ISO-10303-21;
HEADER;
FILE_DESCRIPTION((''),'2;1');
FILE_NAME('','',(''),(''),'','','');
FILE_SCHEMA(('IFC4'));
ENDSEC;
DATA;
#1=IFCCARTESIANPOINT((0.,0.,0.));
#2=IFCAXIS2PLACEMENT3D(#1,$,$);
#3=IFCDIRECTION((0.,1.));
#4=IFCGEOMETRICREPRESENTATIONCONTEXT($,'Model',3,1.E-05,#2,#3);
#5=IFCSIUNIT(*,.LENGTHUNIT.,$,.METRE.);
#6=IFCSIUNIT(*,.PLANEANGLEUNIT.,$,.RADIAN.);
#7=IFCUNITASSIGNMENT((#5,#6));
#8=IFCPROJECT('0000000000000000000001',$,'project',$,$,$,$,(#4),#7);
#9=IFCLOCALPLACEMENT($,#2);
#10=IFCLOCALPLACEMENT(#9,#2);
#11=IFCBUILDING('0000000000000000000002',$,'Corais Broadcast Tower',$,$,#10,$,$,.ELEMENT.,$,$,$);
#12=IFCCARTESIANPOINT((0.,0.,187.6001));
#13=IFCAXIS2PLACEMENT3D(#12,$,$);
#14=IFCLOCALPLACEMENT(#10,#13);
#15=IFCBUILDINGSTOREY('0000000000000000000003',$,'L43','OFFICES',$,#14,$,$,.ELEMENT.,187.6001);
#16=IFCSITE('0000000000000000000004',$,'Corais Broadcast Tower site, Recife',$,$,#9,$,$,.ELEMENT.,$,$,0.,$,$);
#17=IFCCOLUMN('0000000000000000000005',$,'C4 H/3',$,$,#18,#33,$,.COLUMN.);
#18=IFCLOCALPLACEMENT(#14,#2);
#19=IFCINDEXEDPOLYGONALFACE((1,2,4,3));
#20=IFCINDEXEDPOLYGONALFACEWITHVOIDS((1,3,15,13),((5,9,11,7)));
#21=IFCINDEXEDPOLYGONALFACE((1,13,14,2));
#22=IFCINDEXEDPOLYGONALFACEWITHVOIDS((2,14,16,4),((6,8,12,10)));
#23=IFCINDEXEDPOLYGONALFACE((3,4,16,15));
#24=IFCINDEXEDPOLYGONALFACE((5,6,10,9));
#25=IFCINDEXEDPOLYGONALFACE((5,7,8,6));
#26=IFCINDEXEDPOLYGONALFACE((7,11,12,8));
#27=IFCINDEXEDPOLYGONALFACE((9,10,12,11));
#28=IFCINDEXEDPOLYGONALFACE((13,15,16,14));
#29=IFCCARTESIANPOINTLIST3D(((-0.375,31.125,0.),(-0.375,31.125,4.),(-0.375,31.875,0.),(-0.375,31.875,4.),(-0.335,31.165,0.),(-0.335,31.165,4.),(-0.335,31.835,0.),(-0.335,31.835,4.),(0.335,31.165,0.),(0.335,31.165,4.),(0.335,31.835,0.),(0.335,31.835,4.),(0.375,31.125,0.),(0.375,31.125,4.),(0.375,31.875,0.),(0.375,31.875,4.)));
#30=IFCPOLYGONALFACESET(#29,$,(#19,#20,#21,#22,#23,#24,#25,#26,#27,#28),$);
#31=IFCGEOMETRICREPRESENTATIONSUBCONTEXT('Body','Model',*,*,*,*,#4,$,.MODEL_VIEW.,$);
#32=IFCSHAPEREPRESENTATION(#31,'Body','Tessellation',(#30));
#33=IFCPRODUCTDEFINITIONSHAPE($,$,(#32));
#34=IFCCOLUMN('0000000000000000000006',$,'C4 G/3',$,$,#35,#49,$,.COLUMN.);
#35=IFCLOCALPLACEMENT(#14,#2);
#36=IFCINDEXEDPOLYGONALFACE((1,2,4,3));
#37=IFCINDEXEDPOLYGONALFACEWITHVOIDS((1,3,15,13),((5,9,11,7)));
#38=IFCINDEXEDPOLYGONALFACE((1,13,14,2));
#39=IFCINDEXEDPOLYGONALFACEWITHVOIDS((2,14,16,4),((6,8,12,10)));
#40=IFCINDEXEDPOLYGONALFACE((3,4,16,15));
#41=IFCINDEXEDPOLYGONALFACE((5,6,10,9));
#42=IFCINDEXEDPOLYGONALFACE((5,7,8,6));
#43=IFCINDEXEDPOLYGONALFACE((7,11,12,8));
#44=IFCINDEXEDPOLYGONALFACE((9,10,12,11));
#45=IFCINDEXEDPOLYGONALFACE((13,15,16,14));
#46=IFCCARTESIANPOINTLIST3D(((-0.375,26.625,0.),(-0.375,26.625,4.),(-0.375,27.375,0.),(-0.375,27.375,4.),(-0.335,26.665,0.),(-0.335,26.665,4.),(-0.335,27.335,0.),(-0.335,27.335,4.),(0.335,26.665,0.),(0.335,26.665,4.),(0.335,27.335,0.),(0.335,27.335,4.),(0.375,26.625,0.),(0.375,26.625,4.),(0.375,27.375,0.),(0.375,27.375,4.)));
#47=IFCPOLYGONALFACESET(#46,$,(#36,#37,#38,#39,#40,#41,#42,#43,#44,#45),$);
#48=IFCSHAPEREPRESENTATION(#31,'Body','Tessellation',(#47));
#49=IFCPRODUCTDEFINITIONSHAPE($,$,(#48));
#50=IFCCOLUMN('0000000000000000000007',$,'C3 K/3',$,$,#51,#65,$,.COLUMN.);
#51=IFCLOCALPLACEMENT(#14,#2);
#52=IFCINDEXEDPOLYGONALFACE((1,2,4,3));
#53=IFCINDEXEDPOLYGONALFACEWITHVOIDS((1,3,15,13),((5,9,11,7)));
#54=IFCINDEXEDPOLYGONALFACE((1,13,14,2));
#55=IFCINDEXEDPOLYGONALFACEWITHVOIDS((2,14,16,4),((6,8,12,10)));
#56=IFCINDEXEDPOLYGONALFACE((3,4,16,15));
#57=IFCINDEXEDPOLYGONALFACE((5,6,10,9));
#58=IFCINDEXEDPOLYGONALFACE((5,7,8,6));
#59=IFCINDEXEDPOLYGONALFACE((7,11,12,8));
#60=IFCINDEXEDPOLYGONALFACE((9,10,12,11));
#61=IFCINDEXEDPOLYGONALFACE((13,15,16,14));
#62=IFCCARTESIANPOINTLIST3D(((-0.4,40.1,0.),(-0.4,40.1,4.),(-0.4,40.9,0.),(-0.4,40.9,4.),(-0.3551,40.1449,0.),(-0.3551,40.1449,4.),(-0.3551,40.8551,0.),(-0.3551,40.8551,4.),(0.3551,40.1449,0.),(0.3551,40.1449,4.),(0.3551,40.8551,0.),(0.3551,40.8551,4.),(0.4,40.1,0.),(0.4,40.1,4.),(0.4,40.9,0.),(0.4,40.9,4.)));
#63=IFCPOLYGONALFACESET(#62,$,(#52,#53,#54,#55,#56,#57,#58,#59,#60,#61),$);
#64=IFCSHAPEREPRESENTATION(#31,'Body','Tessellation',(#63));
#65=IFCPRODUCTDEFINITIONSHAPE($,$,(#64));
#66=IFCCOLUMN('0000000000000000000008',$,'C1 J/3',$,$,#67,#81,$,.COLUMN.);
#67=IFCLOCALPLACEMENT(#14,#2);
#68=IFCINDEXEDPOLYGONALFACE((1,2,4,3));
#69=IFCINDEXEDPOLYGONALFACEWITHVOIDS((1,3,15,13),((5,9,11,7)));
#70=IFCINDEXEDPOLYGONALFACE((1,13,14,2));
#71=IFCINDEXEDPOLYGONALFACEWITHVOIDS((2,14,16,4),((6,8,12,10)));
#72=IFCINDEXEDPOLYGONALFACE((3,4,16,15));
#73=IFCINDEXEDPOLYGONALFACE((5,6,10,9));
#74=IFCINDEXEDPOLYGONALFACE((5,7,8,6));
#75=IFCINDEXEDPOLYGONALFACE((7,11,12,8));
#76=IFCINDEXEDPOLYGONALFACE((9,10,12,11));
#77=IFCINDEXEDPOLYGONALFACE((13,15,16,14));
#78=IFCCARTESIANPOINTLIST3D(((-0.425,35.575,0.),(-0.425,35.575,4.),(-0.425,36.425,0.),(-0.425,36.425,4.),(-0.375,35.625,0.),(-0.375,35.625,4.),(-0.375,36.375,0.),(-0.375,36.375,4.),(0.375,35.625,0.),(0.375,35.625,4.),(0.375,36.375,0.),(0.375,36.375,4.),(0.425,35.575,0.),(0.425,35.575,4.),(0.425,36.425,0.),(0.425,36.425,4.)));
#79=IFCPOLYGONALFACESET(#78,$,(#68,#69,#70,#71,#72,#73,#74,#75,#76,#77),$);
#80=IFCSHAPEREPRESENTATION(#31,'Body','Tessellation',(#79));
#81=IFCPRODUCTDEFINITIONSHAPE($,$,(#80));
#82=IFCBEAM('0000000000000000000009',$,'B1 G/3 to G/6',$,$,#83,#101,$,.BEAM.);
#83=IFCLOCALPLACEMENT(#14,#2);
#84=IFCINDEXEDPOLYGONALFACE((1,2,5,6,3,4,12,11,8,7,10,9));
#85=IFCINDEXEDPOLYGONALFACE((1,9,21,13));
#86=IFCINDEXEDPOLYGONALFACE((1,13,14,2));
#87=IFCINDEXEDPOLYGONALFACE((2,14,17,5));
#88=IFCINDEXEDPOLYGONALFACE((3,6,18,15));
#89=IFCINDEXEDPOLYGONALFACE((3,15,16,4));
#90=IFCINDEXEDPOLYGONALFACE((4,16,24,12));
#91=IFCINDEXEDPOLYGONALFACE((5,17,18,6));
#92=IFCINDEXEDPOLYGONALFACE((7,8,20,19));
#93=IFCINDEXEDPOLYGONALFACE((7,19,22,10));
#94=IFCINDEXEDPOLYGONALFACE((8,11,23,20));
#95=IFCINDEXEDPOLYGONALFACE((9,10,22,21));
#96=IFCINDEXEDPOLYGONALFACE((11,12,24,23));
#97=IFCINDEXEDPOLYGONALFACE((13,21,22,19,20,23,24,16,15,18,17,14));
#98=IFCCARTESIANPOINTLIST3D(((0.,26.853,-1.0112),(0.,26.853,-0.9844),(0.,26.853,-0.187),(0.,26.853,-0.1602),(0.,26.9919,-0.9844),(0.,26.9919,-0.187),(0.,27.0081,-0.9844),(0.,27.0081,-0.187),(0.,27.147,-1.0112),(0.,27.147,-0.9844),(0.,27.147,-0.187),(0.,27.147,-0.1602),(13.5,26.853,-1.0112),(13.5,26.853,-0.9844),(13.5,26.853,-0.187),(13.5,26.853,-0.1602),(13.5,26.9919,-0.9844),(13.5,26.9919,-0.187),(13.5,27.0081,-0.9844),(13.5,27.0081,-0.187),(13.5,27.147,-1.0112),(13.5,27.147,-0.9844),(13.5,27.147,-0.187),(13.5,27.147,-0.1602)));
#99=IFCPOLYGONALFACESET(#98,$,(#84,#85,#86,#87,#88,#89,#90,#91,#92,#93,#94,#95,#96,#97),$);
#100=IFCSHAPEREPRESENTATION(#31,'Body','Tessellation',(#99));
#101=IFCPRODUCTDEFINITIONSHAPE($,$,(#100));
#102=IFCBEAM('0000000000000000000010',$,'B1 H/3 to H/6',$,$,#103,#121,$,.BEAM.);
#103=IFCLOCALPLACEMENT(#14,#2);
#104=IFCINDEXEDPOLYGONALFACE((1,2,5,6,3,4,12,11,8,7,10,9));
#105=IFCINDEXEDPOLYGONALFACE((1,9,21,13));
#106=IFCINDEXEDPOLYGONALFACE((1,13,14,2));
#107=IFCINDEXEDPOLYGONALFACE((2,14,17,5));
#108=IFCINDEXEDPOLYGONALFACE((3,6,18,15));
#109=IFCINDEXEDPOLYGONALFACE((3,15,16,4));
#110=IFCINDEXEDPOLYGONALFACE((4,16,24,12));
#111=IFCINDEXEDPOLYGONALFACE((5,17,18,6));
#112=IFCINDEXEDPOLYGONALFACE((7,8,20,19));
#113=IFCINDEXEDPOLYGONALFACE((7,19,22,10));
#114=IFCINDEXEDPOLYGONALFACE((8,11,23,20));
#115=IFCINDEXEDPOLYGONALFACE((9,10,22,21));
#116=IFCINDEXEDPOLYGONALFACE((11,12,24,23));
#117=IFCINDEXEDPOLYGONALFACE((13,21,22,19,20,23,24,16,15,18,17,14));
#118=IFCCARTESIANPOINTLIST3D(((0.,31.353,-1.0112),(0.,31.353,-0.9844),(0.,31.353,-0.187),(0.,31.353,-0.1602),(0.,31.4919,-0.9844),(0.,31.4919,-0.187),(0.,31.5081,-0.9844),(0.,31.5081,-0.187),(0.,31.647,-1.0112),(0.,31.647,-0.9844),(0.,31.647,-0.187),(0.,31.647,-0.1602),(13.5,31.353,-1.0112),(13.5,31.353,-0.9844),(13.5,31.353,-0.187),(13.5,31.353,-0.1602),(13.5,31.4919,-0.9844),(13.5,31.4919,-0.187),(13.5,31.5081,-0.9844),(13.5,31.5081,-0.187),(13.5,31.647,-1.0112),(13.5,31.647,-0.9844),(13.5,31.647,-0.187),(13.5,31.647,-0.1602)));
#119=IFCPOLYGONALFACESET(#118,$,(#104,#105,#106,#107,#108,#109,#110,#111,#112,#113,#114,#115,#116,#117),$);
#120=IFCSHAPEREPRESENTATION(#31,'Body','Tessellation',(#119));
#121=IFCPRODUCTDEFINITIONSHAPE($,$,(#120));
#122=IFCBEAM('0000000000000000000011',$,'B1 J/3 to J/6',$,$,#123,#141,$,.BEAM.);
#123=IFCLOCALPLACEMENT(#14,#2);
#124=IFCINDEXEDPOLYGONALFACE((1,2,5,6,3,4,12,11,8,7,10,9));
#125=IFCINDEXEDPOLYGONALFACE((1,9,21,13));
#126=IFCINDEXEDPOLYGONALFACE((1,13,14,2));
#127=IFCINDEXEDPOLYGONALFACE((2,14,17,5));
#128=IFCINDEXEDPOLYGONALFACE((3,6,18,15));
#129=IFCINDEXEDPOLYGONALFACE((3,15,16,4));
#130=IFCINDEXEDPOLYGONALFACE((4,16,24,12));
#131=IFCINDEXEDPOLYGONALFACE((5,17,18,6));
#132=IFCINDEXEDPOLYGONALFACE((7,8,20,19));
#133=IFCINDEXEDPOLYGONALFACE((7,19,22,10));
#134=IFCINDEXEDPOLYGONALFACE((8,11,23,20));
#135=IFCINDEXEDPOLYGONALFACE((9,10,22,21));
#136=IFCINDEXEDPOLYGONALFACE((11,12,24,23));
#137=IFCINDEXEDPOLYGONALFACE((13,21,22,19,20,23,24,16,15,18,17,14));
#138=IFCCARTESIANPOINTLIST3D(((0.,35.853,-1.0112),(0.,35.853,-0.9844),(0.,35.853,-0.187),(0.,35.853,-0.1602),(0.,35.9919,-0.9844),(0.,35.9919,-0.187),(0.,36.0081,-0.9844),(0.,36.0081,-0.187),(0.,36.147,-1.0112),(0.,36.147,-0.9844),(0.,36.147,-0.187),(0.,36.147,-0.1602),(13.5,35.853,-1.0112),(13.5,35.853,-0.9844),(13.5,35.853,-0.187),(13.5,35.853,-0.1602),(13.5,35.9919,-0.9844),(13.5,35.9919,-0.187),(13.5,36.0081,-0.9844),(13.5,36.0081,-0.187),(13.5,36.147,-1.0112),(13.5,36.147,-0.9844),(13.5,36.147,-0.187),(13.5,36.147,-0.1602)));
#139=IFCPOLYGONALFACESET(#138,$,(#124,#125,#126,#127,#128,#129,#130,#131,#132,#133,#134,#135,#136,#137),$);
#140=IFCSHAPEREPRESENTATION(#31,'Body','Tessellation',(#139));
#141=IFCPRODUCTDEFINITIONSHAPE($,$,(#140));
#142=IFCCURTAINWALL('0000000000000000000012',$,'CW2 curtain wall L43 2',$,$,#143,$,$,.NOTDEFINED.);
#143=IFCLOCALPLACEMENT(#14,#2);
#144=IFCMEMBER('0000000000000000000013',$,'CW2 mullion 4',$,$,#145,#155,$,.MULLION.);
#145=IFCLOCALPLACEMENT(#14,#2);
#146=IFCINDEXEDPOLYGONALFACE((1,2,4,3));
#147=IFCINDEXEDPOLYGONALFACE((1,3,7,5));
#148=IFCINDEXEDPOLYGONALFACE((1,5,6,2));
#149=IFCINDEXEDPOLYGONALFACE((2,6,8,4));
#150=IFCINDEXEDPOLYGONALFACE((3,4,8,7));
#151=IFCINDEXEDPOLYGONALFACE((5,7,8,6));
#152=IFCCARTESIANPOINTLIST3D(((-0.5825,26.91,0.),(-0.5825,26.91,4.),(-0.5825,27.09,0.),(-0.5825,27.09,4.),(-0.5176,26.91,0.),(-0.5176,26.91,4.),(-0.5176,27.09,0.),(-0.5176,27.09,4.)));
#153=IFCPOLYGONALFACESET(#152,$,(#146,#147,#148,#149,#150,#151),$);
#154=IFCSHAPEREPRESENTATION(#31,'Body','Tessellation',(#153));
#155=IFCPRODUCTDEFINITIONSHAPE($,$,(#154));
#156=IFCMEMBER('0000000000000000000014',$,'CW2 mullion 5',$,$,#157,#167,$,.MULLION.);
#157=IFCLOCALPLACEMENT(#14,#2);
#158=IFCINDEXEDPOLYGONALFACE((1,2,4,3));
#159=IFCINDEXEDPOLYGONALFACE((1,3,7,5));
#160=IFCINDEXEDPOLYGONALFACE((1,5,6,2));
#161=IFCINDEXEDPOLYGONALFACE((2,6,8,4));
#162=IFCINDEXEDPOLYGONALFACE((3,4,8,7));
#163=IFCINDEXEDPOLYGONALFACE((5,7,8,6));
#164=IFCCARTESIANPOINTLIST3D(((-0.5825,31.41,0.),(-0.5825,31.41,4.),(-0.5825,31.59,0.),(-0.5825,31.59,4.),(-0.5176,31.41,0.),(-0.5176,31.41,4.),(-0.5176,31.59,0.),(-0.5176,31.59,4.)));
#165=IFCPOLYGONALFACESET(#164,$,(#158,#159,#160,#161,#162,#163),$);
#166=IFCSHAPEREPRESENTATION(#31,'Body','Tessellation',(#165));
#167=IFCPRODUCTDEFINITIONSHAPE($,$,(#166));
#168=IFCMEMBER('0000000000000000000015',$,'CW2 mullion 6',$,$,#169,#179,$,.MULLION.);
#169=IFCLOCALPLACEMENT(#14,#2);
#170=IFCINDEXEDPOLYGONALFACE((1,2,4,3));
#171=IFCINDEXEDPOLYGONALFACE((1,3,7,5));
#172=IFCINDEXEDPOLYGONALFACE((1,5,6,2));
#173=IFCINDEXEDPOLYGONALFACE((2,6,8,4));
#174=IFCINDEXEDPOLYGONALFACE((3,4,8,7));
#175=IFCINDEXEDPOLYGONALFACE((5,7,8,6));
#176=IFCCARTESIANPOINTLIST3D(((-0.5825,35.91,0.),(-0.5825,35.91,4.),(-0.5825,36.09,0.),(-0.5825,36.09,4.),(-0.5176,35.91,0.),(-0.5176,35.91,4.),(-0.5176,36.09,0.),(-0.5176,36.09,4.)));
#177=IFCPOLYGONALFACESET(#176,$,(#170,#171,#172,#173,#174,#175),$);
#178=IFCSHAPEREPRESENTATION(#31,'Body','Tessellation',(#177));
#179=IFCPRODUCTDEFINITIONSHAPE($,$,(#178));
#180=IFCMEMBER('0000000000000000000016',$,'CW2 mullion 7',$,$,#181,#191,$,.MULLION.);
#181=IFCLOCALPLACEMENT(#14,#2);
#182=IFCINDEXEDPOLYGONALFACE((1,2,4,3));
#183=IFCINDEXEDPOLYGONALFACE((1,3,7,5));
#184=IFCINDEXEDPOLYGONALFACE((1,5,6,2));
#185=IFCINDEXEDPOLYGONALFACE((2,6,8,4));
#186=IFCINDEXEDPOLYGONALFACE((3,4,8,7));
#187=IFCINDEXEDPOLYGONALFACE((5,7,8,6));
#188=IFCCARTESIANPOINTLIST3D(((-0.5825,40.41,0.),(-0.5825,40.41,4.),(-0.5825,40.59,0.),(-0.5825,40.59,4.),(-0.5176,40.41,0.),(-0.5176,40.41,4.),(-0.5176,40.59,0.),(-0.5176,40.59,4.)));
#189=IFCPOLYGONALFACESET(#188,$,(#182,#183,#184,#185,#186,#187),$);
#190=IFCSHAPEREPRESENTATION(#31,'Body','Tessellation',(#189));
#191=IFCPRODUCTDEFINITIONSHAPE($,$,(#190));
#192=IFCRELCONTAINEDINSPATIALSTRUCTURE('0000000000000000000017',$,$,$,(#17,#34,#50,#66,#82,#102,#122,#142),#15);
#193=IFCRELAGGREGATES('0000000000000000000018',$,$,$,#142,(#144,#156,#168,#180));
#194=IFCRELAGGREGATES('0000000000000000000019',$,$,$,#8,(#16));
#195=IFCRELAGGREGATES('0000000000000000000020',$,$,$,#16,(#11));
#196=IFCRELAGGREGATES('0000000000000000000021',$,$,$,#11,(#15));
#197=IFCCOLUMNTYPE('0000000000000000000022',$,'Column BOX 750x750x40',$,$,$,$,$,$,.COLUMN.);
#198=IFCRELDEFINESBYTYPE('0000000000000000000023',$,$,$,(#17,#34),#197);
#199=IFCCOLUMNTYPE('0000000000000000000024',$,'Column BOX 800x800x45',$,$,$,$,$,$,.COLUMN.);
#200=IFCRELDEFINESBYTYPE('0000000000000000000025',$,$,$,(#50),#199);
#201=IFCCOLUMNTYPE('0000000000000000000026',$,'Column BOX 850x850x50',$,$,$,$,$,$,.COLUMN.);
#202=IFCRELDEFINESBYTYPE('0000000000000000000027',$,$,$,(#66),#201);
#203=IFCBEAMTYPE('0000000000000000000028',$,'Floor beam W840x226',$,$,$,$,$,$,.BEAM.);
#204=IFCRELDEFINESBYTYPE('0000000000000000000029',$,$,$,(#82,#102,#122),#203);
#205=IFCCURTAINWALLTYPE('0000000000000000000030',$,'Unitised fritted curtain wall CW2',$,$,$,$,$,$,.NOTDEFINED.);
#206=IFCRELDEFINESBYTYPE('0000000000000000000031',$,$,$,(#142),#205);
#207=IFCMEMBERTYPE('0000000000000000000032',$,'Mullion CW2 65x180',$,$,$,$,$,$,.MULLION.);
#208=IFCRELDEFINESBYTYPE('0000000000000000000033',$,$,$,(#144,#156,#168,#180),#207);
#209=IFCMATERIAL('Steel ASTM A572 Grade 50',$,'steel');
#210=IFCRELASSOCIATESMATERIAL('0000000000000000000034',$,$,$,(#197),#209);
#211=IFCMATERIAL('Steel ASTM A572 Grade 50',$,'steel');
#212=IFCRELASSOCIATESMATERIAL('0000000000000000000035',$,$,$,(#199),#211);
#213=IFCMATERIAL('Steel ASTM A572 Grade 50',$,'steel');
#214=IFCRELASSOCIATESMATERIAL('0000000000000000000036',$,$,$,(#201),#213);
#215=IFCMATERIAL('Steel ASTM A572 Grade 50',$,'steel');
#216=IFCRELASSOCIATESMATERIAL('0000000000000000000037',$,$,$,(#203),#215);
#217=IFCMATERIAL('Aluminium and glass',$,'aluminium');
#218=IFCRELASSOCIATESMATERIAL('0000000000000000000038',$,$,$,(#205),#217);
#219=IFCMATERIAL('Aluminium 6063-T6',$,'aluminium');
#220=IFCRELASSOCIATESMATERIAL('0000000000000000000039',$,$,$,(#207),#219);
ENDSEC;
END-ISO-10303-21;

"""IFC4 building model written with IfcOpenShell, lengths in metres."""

from ifc_helpers import new_model, si_unit, direction, frame, origin, origin_2d, place, context, subcontext, project, spatial, rectangle, hollow_rectangle, i_section, extrude, material, material_profile, profile_set, type_object, element, aggregate, save


model = new_model("IFC4")

# Units and contexts
model_context = context("Model", 3, precision=1e-05, world=origin(), true_north=direction((0.0, 1.0)))
body_context = subcontext(model_context, "Body", "Model", "MODEL_VIEW")
ifc_project = project(units=[si_unit("LENGTHUNIT", "METRE"), si_unit("PLANEANGLEUNIT", "RADIAN")], contexts=[model_context])

# Site, building, storey
site_placement = place(None, origin())
site = spatial("IfcSite", under=ifc_project, at=site_placement, Name="Corais Broadcast Tower site, Recife", CompositionType="ELEMENT", RefElevation=0.0)
building_placement = place(site_placement, origin())
building = spatial("IfcBuilding", under=site, at=building_placement, Name="Corais Broadcast Tower", CompositionType="ELEMENT")
storey_placement = place(building_placement, frame((0.0, 0.0, 187.6001)))
storey = spatial("IfcBuildingStorey", under=building, at=storey_placement, Name="L43", Description="OFFICES", CompositionType="ELEMENT", Elevation=187.6001)

# Columns
ifc_material_1 = material(Name="Steel ASTM A572 Grade 50", Category="steel")
ifc_material_profile_1 = material_profile(ifc_material_1, hollow_rectangle(XDim=0.75, YDim=0.75, WallThickness=0.04, at=origin_2d()), Name="BOX 750x750x40")
ifc_profile_set_1 = profile_set([ifc_material_profile_1], Name="Steel ASTM A572 Grade 50")
column_type_1 = type_object("IfcColumnType", Name="Column BOX 750x750x40", PredefinedType="COLUMN", material=ifc_profile_set_1)
for number, where, z_axis, x_axis, name in (
    (1, (0.0, 31.5, 0.0), (0.0, 0.0, 1.0), (1.0, 0.0, 0.0), "C4 H/3"),
    (2, (0.0, 27.0, 0.0), (0.0, 0.0, 1.0), (1.0, 0.0, 0.0), "C4 G/3"),
):
    element("IfcColumn", number, at=place(storey_placement, frame(where, z_axis=z_axis, x_axis=x_axis)), inside=storey, type_object=column_type_1, Name=name, PredefinedType="COLUMN", context=body_context, shape_type="SweptSolid", body=[
        extrude(hollow_rectangle(XDim=0.75, YDim=0.75, WallThickness=0.04, at=origin_2d()), origin(), (0.0, 0.0, 1.0), 4.0),
    ])
ifc_material_2 = material(Name="Steel ASTM A572 Grade 50", Category="steel")
ifc_material_profile_2 = material_profile(ifc_material_2, hollow_rectangle(XDim=0.8, YDim=0.8, WallThickness=0.0449, at=origin_2d()), Name="BOX 800x800x45")
ifc_profile_set_2 = profile_set([ifc_material_profile_2], Name="Steel ASTM A572 Grade 50")
column_type_2 = type_object("IfcColumnType", Name="Column BOX 800x800x45", PredefinedType="COLUMN", material=ifc_profile_set_2)
column_1_placement = place(storey_placement, frame((0.0, 40.5, 0.0), z_axis=(0.0, 0.0, 1.0), x_axis=(1.0, 0.0, 0.0)))
element("IfcColumn", 3, at=column_1_placement, inside=storey, type_object=column_type_2, Name="C3 K/3", PredefinedType="COLUMN", context=body_context, shape_type="SweptSolid", body=[
    extrude(hollow_rectangle(XDim=0.8, YDim=0.8, WallThickness=0.0449, at=origin_2d()), origin(), (0.0, 0.0, 1.0), 4.0),
])
ifc_material_3 = material(Name="Steel ASTM A572 Grade 50", Category="steel")
ifc_material_profile_3 = material_profile(ifc_material_3, hollow_rectangle(XDim=0.8501, YDim=0.8501, WallThickness=0.05, at=origin_2d()), Name="BOX 850x850x50")
ifc_profile_set_3 = profile_set([ifc_material_profile_3], Name="Steel ASTM A572 Grade 50")
column_type_3 = type_object("IfcColumnType", Name="Column BOX 850x850x50", PredefinedType="COLUMN", material=ifc_profile_set_3)
column_2_placement = place(storey_placement, frame((0.0, 36.0, 0.0), z_axis=(0.0, 0.0, 1.0), x_axis=(1.0, 0.0, 0.0)))
element("IfcColumn", 4, at=column_2_placement, inside=storey, type_object=column_type_3, Name="C1 J/3", PredefinedType="COLUMN", context=body_context, shape_type="SweptSolid", body=[
    extrude(hollow_rectangle(XDim=0.8501, YDim=0.8501, WallThickness=0.05, at=origin_2d()), origin(), (0.0, 0.0, 1.0), 4.0),
])

# Beams
ifc_material_4 = material(Name="Steel ASTM A572 Grade 50", Category="steel")
ifc_material_profile_4 = material_profile(ifc_material_4, i_section(OverallWidth=0.2939, OverallDepth=0.8511, WebThickness=0.0161, FlangeThickness=0.0269, at=origin_2d()), Name="W840x226")
ifc_profile_set_4 = profile_set([ifc_material_profile_4], Name="Steel ASTM A572 Grade 50")
beam_type_1 = type_object("IfcBeamType", Name="Floor beam W840x226", PredefinedType="BEAM", material=ifc_profile_set_4)
for number, where, z_axis, x_axis, name in (
    (5, (0.0, 27.0, -0.5857), (1.0, 0.0, 0.0), (0.0, 1.0, 0.0), "B1 G/3 to G/6"),
    (6, (0.0, 31.5, -0.5857), (1.0, 0.0, 0.0), (0.0, 1.0, 0.0), "B1 H/3 to H/6"),
    (7, (0.0, 36.0, -0.5857), (1.0, 0.0, 0.0), (0.0, 1.0, 0.0), "B1 J/3 to J/6"),
):
    element("IfcBeam", number, at=place(storey_placement, frame(where, z_axis=z_axis, x_axis=x_axis)), inside=storey, type_object=beam_type_1, Name=name, PredefinedType="BEAM", context=body_context, shape_type="SweptSolid", body=[
        extrude(i_section(OverallWidth=0.2939, OverallDepth=0.8511, WebThickness=0.0161, FlangeThickness=0.0269, at=origin_2d()), origin(), (0.0, 0.0, 1.0), 13.5),
    ])

# Curtain wall, members
ifc_material_5 = material(Name="Aluminium and glass", Category="aluminium")
curtain_wall_type = type_object("IfcCurtainWallType", Name="Unitised fritted curtain wall CW2", PredefinedType="NOTDEFINED", material=ifc_material_5)
curtain_wall_placement = place(storey_placement, origin())
curtain_wall = element("IfcCurtainWall", 8, at=curtain_wall_placement, inside=storey, type_object=curtain_wall_type, Name="CW2 curtain wall L43 2", PredefinedType="NOTDEFINED")
ifc_material_6 = material(Name="Aluminium 6063-T6", Category="aluminium")
ifc_material_profile_5 = material_profile(ifc_material_6, rectangle(XDim=0.0649, YDim=0.1799, at=origin_2d()), Name="Mullion CW2 65x180")
ifc_profile_set_5 = profile_set([ifc_material_profile_5], Name="Aluminium 6063-T6")
member_type_1 = type_object("IfcMemberType", Name="Mullion CW2 65x180", PredefinedType="MULLION", material=ifc_profile_set_5)
member_1_placement = place(storey_placement, frame((-0.55, 27.0, 0.0), z_axis=(0.0, 0.0, 1.0), x_axis=(-1.0, 0.0, 0.0)))
member_1 = element("IfcMember", 9, at=member_1_placement, type_object=member_type_1, Name="CW2 mullion 4", PredefinedType="MULLION", context=body_context, shape_type="SweptSolid", body=[
    extrude(rectangle(XDim=0.0649, YDim=0.1799, at=origin_2d()), origin(), (0.0, 0.0, 1.0), 4.0),
])
member_2_placement = place(storey_placement, frame((-0.55, 31.5, 0.0), z_axis=(0.0, 0.0, 1.0), x_axis=(-1.0, 0.0, 0.0)))
member_2 = element("IfcMember", 10, at=member_2_placement, type_object=member_type_1, Name="CW2 mullion 5", PredefinedType="MULLION", context=body_context, shape_type="SweptSolid", body=[
    extrude(rectangle(XDim=0.0649, YDim=0.1799, at=origin_2d()), origin(), (0.0, 0.0, 1.0), 4.0),
])
member_3_placement = place(storey_placement, frame((-0.55, 36.0, 0.0), z_axis=(0.0, 0.0, 1.0), x_axis=(-1.0, 0.0, 0.0)))
member_3 = element("IfcMember", 11, at=member_3_placement, type_object=member_type_1, Name="CW2 mullion 6", PredefinedType="MULLION", context=body_context, shape_type="SweptSolid", body=[
    extrude(rectangle(XDim=0.0649, YDim=0.1799, at=origin_2d()), origin(), (0.0, 0.0, 1.0), 4.0),
])
member_4_placement = place(storey_placement, frame((-0.55, 40.5, 0.0), z_axis=(0.0, 0.0, 1.0), x_axis=(-1.0, 0.0, 0.0)))
member_4 = element("IfcMember", 12, at=member_4_placement, type_object=member_type_1, Name="CW2 mullion 7", PredefinedType="MULLION", context=body_context, shape_type="SweptSolid", body=[
    extrude(rectangle(XDim=0.0649, YDim=0.1799, at=origin_2d()), origin(), (0.0, 0.0, 1.0), 4.0),
])

aggregate(curtain_wall, [member_1, member_2, member_3, member_4])

save(model, "model.ifc")
